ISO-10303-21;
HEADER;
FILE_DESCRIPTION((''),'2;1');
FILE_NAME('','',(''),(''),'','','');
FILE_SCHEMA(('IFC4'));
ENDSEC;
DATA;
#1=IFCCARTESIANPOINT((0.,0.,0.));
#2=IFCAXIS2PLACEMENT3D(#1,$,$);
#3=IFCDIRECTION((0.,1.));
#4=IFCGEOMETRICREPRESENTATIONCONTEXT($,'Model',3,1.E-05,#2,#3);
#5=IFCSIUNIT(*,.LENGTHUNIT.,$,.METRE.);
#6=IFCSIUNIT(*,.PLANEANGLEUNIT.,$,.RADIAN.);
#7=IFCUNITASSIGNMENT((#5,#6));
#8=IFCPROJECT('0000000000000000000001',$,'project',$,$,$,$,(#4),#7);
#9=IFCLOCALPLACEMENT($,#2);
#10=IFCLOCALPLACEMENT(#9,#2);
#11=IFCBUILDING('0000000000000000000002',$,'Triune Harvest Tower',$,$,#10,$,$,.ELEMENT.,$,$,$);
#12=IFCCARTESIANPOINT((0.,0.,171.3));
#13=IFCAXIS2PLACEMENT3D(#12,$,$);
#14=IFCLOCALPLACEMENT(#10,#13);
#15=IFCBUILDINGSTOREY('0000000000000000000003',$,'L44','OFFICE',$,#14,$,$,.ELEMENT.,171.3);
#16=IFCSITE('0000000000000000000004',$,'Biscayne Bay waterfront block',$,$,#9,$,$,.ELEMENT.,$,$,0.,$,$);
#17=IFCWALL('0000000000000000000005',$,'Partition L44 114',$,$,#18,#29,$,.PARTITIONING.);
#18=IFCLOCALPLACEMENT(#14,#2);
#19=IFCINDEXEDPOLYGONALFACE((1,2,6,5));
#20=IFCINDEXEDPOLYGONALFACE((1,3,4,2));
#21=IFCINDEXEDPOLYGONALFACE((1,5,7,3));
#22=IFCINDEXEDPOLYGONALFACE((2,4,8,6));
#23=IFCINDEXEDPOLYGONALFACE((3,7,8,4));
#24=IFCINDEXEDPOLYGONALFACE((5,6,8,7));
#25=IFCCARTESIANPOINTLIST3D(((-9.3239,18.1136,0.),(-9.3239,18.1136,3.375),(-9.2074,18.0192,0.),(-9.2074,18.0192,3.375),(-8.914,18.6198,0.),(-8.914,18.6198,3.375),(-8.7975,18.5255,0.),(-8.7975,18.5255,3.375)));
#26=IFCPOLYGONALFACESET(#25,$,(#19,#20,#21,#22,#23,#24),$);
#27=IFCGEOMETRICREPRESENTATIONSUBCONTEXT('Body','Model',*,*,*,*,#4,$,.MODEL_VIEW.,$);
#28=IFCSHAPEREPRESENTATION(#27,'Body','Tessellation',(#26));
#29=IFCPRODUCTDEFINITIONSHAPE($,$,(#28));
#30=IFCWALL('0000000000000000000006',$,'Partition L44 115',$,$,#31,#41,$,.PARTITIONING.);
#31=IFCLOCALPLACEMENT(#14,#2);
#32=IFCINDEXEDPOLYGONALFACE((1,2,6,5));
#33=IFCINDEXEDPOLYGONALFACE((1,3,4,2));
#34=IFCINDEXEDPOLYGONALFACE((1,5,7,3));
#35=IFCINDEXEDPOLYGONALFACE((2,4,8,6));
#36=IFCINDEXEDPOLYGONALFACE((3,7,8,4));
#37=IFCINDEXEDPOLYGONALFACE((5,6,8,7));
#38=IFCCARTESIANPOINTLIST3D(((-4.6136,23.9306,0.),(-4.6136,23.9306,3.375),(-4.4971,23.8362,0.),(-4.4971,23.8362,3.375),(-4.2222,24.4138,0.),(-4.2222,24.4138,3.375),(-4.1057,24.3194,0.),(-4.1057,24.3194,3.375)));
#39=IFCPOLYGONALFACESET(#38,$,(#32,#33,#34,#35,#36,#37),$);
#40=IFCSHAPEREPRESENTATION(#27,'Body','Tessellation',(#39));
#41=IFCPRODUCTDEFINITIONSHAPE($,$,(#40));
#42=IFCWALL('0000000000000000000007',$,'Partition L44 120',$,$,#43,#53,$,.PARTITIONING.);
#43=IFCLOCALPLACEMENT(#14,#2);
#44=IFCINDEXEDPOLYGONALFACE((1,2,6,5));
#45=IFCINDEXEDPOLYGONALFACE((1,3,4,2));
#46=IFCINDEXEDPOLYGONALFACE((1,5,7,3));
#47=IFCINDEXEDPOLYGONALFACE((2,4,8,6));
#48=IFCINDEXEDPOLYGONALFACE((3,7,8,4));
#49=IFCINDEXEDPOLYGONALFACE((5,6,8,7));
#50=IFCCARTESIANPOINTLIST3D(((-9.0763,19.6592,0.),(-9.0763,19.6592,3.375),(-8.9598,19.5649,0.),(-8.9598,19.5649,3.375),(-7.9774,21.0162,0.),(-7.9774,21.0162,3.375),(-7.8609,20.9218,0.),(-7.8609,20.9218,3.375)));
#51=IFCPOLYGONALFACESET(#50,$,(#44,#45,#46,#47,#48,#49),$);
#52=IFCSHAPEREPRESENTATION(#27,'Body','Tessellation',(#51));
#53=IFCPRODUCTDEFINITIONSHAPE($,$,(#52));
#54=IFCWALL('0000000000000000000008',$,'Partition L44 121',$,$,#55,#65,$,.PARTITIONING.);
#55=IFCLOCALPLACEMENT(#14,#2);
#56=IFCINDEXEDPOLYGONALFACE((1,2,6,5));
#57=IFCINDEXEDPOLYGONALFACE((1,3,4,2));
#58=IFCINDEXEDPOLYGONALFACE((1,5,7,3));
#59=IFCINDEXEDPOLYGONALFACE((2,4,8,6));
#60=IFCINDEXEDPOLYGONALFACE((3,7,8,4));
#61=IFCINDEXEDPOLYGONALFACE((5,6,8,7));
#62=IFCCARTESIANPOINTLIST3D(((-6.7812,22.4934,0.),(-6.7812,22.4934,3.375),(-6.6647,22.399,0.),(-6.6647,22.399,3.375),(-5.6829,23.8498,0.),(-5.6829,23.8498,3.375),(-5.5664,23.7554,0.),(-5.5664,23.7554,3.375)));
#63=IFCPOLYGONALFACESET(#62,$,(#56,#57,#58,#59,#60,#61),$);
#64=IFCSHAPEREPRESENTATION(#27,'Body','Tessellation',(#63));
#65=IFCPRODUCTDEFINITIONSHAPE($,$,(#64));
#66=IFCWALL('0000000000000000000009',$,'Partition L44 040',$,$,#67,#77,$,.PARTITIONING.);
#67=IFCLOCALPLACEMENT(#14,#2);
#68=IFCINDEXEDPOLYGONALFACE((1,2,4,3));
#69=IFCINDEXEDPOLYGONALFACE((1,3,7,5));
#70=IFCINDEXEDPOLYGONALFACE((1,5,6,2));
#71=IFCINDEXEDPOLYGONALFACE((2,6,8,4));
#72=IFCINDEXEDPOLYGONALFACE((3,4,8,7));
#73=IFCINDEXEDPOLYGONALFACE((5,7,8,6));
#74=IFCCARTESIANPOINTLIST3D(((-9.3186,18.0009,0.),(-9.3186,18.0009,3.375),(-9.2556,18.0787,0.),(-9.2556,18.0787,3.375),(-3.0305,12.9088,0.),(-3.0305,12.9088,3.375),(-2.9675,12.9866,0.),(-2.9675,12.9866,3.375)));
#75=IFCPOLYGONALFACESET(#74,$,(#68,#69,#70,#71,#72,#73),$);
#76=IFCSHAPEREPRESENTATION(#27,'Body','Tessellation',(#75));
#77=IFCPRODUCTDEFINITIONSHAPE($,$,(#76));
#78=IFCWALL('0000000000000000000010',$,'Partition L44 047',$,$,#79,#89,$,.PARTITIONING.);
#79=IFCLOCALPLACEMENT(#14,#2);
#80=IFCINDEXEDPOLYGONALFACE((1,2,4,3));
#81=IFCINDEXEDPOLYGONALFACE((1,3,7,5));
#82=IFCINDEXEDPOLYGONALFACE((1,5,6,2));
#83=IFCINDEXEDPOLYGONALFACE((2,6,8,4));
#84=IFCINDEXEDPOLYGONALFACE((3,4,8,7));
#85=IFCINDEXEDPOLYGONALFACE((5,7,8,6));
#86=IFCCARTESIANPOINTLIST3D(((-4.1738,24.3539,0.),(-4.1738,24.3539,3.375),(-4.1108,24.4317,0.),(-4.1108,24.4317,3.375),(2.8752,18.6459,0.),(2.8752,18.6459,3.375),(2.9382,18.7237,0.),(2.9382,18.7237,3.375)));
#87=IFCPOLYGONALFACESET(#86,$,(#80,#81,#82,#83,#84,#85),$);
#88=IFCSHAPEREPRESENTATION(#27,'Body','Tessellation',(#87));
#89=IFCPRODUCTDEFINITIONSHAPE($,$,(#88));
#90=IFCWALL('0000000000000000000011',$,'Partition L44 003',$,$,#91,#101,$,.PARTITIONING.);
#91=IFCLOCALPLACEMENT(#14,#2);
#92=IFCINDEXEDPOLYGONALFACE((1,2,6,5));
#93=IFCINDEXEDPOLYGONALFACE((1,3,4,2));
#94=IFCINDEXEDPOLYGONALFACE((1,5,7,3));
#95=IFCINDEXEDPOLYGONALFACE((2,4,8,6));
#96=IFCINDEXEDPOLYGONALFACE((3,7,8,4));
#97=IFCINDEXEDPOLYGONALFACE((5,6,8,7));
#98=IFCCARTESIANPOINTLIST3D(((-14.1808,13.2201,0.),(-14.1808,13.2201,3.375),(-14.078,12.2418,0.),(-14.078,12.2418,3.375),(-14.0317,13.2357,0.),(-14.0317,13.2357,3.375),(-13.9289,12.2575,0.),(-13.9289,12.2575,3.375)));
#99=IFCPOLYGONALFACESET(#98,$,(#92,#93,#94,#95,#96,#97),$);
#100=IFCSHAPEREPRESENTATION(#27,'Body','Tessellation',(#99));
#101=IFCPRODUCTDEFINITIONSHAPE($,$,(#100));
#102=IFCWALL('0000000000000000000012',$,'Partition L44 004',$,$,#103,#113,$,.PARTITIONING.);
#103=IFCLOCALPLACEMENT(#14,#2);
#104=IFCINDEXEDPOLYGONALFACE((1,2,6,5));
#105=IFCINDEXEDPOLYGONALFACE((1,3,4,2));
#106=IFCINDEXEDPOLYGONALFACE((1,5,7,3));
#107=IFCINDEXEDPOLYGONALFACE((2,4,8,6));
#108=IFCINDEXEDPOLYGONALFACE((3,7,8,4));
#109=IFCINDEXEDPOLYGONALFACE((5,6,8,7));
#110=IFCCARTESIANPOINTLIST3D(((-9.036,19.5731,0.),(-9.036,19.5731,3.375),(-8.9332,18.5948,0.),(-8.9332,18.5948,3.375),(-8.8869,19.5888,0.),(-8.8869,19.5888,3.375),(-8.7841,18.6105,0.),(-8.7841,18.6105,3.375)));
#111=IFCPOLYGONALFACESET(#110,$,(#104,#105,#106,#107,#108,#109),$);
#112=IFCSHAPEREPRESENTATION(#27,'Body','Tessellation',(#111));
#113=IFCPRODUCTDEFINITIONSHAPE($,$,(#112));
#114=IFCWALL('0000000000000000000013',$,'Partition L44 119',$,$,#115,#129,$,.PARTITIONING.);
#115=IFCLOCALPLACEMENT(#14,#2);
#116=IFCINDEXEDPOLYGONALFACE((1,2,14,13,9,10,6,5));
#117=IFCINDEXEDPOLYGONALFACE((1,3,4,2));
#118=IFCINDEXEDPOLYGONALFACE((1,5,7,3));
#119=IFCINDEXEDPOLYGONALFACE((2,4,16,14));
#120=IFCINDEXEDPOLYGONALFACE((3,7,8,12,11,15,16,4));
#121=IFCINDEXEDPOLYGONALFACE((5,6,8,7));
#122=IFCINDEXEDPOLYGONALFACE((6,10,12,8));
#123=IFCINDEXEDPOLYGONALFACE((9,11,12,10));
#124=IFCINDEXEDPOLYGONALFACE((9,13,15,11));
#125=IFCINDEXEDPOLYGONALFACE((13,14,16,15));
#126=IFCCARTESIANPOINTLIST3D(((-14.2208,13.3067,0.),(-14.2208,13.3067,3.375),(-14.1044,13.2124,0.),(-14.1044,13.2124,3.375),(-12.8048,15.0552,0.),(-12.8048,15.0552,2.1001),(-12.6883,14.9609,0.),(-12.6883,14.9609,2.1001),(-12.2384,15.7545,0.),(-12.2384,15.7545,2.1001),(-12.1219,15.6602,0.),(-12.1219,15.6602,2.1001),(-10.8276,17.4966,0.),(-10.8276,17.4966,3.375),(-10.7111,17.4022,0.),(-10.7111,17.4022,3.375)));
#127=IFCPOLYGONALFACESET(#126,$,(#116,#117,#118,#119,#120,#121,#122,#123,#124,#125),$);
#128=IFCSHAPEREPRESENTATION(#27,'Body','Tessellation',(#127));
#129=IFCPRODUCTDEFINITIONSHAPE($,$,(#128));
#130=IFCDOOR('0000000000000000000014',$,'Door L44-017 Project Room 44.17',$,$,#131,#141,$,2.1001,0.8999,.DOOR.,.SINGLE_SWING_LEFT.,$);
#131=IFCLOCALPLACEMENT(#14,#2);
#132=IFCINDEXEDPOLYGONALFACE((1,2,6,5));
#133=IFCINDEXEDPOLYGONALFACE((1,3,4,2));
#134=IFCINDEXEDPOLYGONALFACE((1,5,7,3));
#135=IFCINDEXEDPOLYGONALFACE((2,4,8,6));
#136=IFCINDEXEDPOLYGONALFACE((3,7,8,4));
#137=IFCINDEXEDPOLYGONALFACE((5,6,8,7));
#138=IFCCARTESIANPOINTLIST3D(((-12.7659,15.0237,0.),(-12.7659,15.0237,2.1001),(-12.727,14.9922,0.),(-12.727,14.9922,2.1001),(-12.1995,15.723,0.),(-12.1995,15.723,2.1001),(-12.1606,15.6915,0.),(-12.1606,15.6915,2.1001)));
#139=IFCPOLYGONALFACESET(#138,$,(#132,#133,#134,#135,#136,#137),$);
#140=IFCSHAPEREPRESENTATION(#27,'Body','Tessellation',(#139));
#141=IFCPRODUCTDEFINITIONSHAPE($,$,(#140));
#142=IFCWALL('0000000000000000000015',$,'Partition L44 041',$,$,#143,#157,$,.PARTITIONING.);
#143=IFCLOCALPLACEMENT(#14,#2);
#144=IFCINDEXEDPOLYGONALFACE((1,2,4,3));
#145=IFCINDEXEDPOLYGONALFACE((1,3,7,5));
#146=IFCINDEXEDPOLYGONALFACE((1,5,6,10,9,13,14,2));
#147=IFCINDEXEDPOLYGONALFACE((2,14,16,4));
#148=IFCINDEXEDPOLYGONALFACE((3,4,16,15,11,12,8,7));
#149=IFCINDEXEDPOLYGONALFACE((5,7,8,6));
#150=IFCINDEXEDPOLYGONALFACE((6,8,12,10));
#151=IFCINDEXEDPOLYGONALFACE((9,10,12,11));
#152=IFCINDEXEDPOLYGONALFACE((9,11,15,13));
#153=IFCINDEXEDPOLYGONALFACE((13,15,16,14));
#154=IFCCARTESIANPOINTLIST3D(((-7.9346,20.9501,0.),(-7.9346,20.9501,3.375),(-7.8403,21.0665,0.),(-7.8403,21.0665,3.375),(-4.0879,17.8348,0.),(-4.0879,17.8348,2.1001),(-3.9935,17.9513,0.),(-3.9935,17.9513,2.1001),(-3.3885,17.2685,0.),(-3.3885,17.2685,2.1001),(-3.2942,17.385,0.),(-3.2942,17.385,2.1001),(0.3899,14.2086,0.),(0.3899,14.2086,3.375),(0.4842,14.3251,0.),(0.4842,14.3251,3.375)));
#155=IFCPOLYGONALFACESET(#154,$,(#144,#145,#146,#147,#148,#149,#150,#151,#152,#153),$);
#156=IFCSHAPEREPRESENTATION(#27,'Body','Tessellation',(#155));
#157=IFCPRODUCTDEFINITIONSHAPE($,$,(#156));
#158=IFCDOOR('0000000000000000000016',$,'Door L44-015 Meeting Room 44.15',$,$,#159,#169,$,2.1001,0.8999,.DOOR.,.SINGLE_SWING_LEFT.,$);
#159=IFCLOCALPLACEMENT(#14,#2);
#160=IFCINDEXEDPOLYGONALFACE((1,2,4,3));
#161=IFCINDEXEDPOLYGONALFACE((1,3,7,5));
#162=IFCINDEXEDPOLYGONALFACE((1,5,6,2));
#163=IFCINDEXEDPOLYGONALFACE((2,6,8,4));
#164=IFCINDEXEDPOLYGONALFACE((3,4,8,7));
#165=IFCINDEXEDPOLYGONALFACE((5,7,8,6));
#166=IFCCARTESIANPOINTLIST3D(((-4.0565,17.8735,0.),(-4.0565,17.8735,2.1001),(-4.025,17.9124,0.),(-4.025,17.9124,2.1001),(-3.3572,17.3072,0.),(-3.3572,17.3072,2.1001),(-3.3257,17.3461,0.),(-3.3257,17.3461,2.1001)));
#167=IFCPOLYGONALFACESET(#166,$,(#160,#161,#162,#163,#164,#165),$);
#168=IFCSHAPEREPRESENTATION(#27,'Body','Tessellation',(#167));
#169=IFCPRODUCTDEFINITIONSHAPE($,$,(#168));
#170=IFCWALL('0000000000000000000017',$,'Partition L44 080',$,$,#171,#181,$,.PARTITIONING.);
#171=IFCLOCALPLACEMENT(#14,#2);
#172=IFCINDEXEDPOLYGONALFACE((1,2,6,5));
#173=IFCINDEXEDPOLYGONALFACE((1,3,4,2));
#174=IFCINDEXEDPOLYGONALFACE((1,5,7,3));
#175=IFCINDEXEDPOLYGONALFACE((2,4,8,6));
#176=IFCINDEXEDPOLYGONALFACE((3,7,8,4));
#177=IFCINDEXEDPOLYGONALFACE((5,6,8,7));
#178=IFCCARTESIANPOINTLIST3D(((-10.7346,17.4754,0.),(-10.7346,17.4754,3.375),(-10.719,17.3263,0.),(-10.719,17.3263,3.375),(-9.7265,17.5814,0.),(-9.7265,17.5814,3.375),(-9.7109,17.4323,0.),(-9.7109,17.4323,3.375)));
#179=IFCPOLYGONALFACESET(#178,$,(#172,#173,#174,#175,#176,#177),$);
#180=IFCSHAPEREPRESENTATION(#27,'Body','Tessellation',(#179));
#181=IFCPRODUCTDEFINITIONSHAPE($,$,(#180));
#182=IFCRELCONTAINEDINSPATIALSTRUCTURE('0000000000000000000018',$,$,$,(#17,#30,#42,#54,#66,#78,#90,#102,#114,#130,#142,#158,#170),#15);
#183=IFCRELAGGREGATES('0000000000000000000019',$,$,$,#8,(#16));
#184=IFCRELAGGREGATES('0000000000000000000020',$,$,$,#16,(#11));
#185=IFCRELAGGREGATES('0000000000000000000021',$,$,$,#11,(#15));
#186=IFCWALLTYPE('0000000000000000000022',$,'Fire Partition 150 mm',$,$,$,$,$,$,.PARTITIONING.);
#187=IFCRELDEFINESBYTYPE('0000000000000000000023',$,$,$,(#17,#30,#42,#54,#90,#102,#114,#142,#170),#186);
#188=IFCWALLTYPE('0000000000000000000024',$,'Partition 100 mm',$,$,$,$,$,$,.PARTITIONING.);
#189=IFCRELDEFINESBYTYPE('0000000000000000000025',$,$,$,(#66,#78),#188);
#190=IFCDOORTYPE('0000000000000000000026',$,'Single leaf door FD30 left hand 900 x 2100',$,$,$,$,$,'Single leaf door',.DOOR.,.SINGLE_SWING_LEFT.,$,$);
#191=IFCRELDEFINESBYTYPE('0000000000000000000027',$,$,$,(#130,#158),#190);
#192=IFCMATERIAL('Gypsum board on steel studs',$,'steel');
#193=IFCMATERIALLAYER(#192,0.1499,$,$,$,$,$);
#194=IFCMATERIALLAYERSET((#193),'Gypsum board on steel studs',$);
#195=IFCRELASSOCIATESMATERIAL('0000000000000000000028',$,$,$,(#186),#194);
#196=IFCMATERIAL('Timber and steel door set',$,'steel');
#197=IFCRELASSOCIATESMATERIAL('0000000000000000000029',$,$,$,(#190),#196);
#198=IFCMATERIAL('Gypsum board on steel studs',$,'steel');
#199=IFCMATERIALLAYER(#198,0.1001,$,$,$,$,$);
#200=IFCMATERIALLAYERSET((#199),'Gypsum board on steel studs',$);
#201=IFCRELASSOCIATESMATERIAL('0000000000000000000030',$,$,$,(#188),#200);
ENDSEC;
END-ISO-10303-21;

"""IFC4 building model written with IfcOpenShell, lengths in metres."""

from ifc_helpers import new_model, si_unit, direction, frame, frame_2d, origin, place, context, subcontext, project, spatial, rectangle, extrude, source, transform, mapped, material, layer, layer_set, type_object, element, fill, save


model = new_model("IFC4")

# Units and contexts
model_context = context("Model", 3, precision=1e-05, world=origin(), true_north=direction((0.0, 1.0)))
body_context = subcontext(model_context, "Body", "Model", "MODEL_VIEW")
ifc_project = project(units=[si_unit("LENGTHUNIT", "METRE"), si_unit("PLANEANGLEUNIT", "RADIAN")], contexts=[model_context])

# Site, building, storey
site_placement = place(None, origin())
site = spatial("IfcSite", under=ifc_project, at=site_placement, Name="Biscayne Bay waterfront block", CompositionType="ELEMENT", RefElevation=0.0)
building_placement = place(site_placement, origin())
building = spatial("IfcBuilding", under=site, at=building_placement, Name="Triune Harvest Tower", CompositionType="ELEMENT")
storey_placement = place(building_placement, frame((0.0, 0.0, 171.3)))
storey = spatial("IfcBuildingStorey", under=building, at=storey_placement, Name="L44", Description="OFFICE", CompositionType="ELEMENT", Elevation=171.3)

# Shared definitions
ifc_material_1 = material(Name="Gypsum board on steel studs", Category="steel")
ifc_layer_1 = layer(ifc_material_1, 0.1499)
ifc_layer_set_1 = layer_set([ifc_layer_1], Name="Gypsum board on steel studs")
wall_type_1 = type_object("IfcWallType", Name="Fire Partition 150 mm", PredefinedType="PARTITIONING", material=ifc_layer_set_1)
ifc_material_2 = material(Name="Timber and steel door set", Category="steel")
door_type = type_object("IfcDoorType", Name="Single leaf door FD30 left hand 900 x 2100", ElementType="Single leaf door", OperationType="SINGLE_SWING_LEFT", PredefinedType="DOOR", material=ifc_material_2)

# Walls
wall_1_placement = place(storey_placement, frame((-9.2656, 18.0664, 0.0), z_axis=(0.0, 0.0, 1.0), x_axis=(0.629209, 0.777236, 0.0)))
element("IfcWall", 1, at=wall_1_placement, inside=storey, type_object=wall_type_1, Name="Partition L44 114", PredefinedType="PARTITIONING", context=body_context, shape_type="SweptSolid", body=[
    extrude(rectangle(XDim=0.6514, YDim=0.1499, at=frame_2d((0.3257, 0.0))), origin(), (0.0, 0.0, 1.0), 3.375),
])
wall_2_placement = place(storey_placement, frame((-4.5554, 23.8833, 0.0), z_axis=(0.0, 0.0, 1.0), x_axis=(0.629424, 0.777062, 0.0)))
element("IfcWall", 2, at=wall_2_placement, inside=storey, type_object=wall_type_1, Name="Partition L44 115", PredefinedType="PARTITIONING", context=body_context, shape_type="SweptSolid", body=[
    extrude(rectangle(XDim=0.6218, YDim=0.1499, at=frame_2d((0.311, 0.0))), origin(), (0.0, 0.0, 1.0), 3.375),
])
wall_3_placement = place(storey_placement, frame((-9.0181, 19.6121, 0.0), z_axis=(0.0, 0.0, 1.0), x_axis=(0.629339, 0.777131, 0.0)))
element("IfcWall", 3, at=wall_3_placement, inside=storey, type_object=wall_type_1, Name="Partition L44 120", PredefinedType="PARTITIONING", context=body_context, shape_type="SweptSolid", body=[
    extrude(rectangle(XDim=1.7461, YDim=0.1499, at=frame_2d((0.873, 0.0))), origin(), (0.0, 0.0, 1.0), 3.375),
])
wall_4_placement = place(storey_placement, frame((-6.7229, 22.4463, 0.0), z_axis=(0.0, 0.0, 1.0), x_axis=(0.629307, 0.777157, 0.0)))
element("IfcWall", 4, at=wall_4_placement, inside=storey, type_object=wall_type_1, Name="Partition L44 121", PredefinedType="PARTITIONING", context=body_context, shape_type="SweptSolid", body=[
    extrude(rectangle(XDim=1.7454, YDim=0.1499, at=frame_2d((0.8726, 0.0))), origin(), (0.0, 0.0, 1.0), 3.375),
])
ifc_material_3 = material(Name="Gypsum board on steel studs", Category="steel")
ifc_layer_2 = layer(ifc_material_3, 0.1001)
ifc_layer_set_2 = layer_set([ifc_layer_2], Name="Gypsum board on steel studs")
wall_type_2 = type_object("IfcWallType", Name="Partition 100 mm", PredefinedType="PARTITIONING", material=ifc_layer_set_2)
wall_5_placement = place(storey_placement, frame((-9.2871, 18.0398, 0.0), z_axis=(0.0, 0.0, 1.0), x_axis=(0.777143, -0.629324, 0.0)))
element("IfcWall", 5, at=wall_5_placement, inside=storey, type_object=wall_type_2, Name="Partition L44 040", PredefinedType="PARTITIONING", context=body_context, shape_type="SweptSolid", body=[
    extrude(rectangle(XDim=8.0913, YDim=0.1001, at=frame_2d((4.0457, 0.0))), origin(), (0.0, 0.0, 1.0), 3.375),
])
wall_6_placement = place(storey_placement, frame((-4.1423, 24.3928, 0.0), z_axis=(0.0, 0.0, 1.0), x_axis=(0.777158, -0.629306, 0.0)))
element("IfcWall", 6, at=wall_6_placement, inside=storey, type_object=wall_type_2, Name="Partition L44 047", PredefinedType="PARTITIONING", context=body_context, shape_type="SweptSolid", body=[
    extrude(rectangle(XDim=9.0703, YDim=0.1001, at=frame_2d((4.5352, 0.0))), origin(), (0.0, 0.0, 1.0), 3.375),
])
shared_shape_1 = source(origin(), body_context, "Body", "SweptSolid", [
    extrude(rectangle(XDim=0.9836, YDim=0.1499, at=frame_2d((0.4917, 0.0))), origin(), (0.0, 0.0, 1.0), 3.375),
])
for number, where, z_axis, x_axis, name in (
    (7, (-14.1062, 13.2278, 0.0), (0.0, 0.0, 1.0), (0.104491, -0.994526, 0.0), "Partition L44 003"),
    (8, (-8.9614, 19.5808, 0.0), (0.0, 0.0, 1.0), (0.104491, -0.994526, 0.0), "Partition L44 004"),
):
    element("IfcWall", number, at=place(storey_placement, frame(where, z_axis=z_axis, x_axis=x_axis)), inside=storey, type_object=wall_type_1, Name=name, PredefinedType="PARTITIONING", context=body_context, shape_type="MappedRepresentation", body=[
        mapped(shared_shape_1, transform((0.0, 0.0, 0.0), scale=1.0)),
    ])

# Walls, openings, doors
shared_shape_2 = source(origin(), body_context, "Body", "SweptSolid", [
    extrude(rectangle(XDim=5.3916, YDim=0.1499, at=frame_2d((2.6958, 0.0))), origin(), (0.0, 0.0, 1.0), 3.375),
])
wall_7_placement = place(storey_placement, frame((-14.1626, 13.2595, 0.0), z_axis=(0.0, 0.0, 1.0), x_axis=(0.629361, 0.777113, 0.0)))
wall_7 = element("IfcWall", 9, at=wall_7_placement, inside=storey, type_object=wall_type_1, Name="Partition L44 119", PredefinedType="PARTITIONING", context=body_context, shape_type="MappedRepresentation", body=[
    mapped(shared_shape_2, transform((0.0, 0.0, 0.0), scale=1.0)),
])
opening_1_placement = place(wall_7_placement, frame((2.25, 0.0, 0.0)))
opening_1 = element("IfcOpeningElement", 10, at=opening_1_placement, cuts=wall_7, PredefinedType="OPENING", context=body_context, shape_type="SweptSolid", body=[
    extrude(rectangle(XDim=0.8999, YDim=2.1001, at=frame_2d((0.45, 1.05))), frame((0.0, 0.085, 0.0), z_axis=(0.0, -1.0, 0.0), x_axis=(1.0, 0.0, 0.0)), (0.0, 0.0, 1.0), 0.1699),
])
door_1_placement = place(opening_1_placement, origin())
door_1 = element("IfcDoor", 11, at=door_1_placement, inside=storey, type_object=door_type, Name="Door L44-017 Project Room 44.17", OperationType="SINGLE_SWING_LEFT", OverallHeight=2.1001, OverallWidth=0.8999, PredefinedType="DOOR", context=body_context, shape_type="SweptSolid", body=[
    extrude(rectangle(XDim=0.8999, YDim=2.1001, at=frame_2d((0.45, 1.05))), frame((0.0, 0.0249, 0.0), z_axis=(0.0, -1.0, 0.0), x_axis=(1.0, 0.0, 0.0)), (0.0, 0.0, 1.0), 0.05),
])
fill(opening_1, door_1)
shared_shape_3 = source(origin(), body_context, "Body", "SweptSolid", [
    extrude(rectangle(XDim=10.7119, YDim=0.1499, at=frame_2d((5.356, 0.0))), origin(), (0.0, 0.0, 1.0), 3.375),
])
wall_8_placement = place(storey_placement, frame((-7.8875, 21.0083, 0.0), z_axis=(0.0, 0.0, 1.0), x_axis=(0.777126, -0.629345, 0.0)))
wall_8 = element("IfcWall", 12, at=wall_8_placement, inside=storey, type_object=wall_type_1, Name="Partition L44 041", PredefinedType="PARTITIONING", context=body_context, shape_type="MappedRepresentation", body=[
    mapped(shared_shape_3, transform((0.0, 0.0, 0.0), scale=1.0)),
])
opening_2_placement = place(wall_8_placement, frame((4.95, 0.0, 0.0)))
opening_2 = element("IfcOpeningElement", 13, at=opening_2_placement, cuts=wall_8, PredefinedType="OPENING", context=body_context, shape_type="SweptSolid", body=[
    extrude(rectangle(XDim=0.8999, YDim=2.1001, at=frame_2d((0.45, 1.05))), frame((0.0, 0.085, 0.0), z_axis=(0.0, -1.0, 0.0), x_axis=(1.0, 0.0, 0.0)), (0.0, 0.0, 1.0), 0.1699),
])
door_2_placement = place(opening_2_placement, origin())
door_2 = element("IfcDoor", 14, at=door_2_placement, inside=storey, type_object=door_type, Name="Door L44-015 Meeting Room 44.15", OperationType="SINGLE_SWING_LEFT", OverallHeight=2.1001, OverallWidth=0.8999, PredefinedType="DOOR", context=body_context, shape_type="SweptSolid", body=[
    extrude(rectangle(XDim=0.8999, YDim=2.1001, at=frame_2d((0.45, 1.05))), frame((0.0, 0.0249, 0.0), z_axis=(0.0, -1.0, 0.0), x_axis=(1.0, 0.0, 0.0)), (0.0, 0.0, 1.0), 0.05),
])
fill(opening_2, door_2)

# Wall
shared_shape_4 = source(origin(), body_context, "Body", "SweptSolid", [
    extrude(rectangle(XDim=1.0137, YDim=0.1499, at=frame_2d((0.5068, 0.0))), origin(), (0.0, 0.0, 1.0), 3.375),
])
for number, where, z_axis, x_axis, name in (
    (15, (-10.7268, 17.4009, 0.0), (0.0, 0.0, 1.0), (0.994521, 0.104534, 0.0), "Partition L44 080"),
):
    element("IfcWall", number, at=place(storey_placement, frame(where, z_axis=z_axis, x_axis=x_axis)), inside=storey, type_object=wall_type_1, Name=name, PredefinedType="PARTITIONING", context=body_context, shape_type="MappedRepresentation", body=[
        mapped(shared_shape_4, transform((0.0, 0.0, 0.0), scale=1.0)),
    ])

save(model, "model.ifc")
